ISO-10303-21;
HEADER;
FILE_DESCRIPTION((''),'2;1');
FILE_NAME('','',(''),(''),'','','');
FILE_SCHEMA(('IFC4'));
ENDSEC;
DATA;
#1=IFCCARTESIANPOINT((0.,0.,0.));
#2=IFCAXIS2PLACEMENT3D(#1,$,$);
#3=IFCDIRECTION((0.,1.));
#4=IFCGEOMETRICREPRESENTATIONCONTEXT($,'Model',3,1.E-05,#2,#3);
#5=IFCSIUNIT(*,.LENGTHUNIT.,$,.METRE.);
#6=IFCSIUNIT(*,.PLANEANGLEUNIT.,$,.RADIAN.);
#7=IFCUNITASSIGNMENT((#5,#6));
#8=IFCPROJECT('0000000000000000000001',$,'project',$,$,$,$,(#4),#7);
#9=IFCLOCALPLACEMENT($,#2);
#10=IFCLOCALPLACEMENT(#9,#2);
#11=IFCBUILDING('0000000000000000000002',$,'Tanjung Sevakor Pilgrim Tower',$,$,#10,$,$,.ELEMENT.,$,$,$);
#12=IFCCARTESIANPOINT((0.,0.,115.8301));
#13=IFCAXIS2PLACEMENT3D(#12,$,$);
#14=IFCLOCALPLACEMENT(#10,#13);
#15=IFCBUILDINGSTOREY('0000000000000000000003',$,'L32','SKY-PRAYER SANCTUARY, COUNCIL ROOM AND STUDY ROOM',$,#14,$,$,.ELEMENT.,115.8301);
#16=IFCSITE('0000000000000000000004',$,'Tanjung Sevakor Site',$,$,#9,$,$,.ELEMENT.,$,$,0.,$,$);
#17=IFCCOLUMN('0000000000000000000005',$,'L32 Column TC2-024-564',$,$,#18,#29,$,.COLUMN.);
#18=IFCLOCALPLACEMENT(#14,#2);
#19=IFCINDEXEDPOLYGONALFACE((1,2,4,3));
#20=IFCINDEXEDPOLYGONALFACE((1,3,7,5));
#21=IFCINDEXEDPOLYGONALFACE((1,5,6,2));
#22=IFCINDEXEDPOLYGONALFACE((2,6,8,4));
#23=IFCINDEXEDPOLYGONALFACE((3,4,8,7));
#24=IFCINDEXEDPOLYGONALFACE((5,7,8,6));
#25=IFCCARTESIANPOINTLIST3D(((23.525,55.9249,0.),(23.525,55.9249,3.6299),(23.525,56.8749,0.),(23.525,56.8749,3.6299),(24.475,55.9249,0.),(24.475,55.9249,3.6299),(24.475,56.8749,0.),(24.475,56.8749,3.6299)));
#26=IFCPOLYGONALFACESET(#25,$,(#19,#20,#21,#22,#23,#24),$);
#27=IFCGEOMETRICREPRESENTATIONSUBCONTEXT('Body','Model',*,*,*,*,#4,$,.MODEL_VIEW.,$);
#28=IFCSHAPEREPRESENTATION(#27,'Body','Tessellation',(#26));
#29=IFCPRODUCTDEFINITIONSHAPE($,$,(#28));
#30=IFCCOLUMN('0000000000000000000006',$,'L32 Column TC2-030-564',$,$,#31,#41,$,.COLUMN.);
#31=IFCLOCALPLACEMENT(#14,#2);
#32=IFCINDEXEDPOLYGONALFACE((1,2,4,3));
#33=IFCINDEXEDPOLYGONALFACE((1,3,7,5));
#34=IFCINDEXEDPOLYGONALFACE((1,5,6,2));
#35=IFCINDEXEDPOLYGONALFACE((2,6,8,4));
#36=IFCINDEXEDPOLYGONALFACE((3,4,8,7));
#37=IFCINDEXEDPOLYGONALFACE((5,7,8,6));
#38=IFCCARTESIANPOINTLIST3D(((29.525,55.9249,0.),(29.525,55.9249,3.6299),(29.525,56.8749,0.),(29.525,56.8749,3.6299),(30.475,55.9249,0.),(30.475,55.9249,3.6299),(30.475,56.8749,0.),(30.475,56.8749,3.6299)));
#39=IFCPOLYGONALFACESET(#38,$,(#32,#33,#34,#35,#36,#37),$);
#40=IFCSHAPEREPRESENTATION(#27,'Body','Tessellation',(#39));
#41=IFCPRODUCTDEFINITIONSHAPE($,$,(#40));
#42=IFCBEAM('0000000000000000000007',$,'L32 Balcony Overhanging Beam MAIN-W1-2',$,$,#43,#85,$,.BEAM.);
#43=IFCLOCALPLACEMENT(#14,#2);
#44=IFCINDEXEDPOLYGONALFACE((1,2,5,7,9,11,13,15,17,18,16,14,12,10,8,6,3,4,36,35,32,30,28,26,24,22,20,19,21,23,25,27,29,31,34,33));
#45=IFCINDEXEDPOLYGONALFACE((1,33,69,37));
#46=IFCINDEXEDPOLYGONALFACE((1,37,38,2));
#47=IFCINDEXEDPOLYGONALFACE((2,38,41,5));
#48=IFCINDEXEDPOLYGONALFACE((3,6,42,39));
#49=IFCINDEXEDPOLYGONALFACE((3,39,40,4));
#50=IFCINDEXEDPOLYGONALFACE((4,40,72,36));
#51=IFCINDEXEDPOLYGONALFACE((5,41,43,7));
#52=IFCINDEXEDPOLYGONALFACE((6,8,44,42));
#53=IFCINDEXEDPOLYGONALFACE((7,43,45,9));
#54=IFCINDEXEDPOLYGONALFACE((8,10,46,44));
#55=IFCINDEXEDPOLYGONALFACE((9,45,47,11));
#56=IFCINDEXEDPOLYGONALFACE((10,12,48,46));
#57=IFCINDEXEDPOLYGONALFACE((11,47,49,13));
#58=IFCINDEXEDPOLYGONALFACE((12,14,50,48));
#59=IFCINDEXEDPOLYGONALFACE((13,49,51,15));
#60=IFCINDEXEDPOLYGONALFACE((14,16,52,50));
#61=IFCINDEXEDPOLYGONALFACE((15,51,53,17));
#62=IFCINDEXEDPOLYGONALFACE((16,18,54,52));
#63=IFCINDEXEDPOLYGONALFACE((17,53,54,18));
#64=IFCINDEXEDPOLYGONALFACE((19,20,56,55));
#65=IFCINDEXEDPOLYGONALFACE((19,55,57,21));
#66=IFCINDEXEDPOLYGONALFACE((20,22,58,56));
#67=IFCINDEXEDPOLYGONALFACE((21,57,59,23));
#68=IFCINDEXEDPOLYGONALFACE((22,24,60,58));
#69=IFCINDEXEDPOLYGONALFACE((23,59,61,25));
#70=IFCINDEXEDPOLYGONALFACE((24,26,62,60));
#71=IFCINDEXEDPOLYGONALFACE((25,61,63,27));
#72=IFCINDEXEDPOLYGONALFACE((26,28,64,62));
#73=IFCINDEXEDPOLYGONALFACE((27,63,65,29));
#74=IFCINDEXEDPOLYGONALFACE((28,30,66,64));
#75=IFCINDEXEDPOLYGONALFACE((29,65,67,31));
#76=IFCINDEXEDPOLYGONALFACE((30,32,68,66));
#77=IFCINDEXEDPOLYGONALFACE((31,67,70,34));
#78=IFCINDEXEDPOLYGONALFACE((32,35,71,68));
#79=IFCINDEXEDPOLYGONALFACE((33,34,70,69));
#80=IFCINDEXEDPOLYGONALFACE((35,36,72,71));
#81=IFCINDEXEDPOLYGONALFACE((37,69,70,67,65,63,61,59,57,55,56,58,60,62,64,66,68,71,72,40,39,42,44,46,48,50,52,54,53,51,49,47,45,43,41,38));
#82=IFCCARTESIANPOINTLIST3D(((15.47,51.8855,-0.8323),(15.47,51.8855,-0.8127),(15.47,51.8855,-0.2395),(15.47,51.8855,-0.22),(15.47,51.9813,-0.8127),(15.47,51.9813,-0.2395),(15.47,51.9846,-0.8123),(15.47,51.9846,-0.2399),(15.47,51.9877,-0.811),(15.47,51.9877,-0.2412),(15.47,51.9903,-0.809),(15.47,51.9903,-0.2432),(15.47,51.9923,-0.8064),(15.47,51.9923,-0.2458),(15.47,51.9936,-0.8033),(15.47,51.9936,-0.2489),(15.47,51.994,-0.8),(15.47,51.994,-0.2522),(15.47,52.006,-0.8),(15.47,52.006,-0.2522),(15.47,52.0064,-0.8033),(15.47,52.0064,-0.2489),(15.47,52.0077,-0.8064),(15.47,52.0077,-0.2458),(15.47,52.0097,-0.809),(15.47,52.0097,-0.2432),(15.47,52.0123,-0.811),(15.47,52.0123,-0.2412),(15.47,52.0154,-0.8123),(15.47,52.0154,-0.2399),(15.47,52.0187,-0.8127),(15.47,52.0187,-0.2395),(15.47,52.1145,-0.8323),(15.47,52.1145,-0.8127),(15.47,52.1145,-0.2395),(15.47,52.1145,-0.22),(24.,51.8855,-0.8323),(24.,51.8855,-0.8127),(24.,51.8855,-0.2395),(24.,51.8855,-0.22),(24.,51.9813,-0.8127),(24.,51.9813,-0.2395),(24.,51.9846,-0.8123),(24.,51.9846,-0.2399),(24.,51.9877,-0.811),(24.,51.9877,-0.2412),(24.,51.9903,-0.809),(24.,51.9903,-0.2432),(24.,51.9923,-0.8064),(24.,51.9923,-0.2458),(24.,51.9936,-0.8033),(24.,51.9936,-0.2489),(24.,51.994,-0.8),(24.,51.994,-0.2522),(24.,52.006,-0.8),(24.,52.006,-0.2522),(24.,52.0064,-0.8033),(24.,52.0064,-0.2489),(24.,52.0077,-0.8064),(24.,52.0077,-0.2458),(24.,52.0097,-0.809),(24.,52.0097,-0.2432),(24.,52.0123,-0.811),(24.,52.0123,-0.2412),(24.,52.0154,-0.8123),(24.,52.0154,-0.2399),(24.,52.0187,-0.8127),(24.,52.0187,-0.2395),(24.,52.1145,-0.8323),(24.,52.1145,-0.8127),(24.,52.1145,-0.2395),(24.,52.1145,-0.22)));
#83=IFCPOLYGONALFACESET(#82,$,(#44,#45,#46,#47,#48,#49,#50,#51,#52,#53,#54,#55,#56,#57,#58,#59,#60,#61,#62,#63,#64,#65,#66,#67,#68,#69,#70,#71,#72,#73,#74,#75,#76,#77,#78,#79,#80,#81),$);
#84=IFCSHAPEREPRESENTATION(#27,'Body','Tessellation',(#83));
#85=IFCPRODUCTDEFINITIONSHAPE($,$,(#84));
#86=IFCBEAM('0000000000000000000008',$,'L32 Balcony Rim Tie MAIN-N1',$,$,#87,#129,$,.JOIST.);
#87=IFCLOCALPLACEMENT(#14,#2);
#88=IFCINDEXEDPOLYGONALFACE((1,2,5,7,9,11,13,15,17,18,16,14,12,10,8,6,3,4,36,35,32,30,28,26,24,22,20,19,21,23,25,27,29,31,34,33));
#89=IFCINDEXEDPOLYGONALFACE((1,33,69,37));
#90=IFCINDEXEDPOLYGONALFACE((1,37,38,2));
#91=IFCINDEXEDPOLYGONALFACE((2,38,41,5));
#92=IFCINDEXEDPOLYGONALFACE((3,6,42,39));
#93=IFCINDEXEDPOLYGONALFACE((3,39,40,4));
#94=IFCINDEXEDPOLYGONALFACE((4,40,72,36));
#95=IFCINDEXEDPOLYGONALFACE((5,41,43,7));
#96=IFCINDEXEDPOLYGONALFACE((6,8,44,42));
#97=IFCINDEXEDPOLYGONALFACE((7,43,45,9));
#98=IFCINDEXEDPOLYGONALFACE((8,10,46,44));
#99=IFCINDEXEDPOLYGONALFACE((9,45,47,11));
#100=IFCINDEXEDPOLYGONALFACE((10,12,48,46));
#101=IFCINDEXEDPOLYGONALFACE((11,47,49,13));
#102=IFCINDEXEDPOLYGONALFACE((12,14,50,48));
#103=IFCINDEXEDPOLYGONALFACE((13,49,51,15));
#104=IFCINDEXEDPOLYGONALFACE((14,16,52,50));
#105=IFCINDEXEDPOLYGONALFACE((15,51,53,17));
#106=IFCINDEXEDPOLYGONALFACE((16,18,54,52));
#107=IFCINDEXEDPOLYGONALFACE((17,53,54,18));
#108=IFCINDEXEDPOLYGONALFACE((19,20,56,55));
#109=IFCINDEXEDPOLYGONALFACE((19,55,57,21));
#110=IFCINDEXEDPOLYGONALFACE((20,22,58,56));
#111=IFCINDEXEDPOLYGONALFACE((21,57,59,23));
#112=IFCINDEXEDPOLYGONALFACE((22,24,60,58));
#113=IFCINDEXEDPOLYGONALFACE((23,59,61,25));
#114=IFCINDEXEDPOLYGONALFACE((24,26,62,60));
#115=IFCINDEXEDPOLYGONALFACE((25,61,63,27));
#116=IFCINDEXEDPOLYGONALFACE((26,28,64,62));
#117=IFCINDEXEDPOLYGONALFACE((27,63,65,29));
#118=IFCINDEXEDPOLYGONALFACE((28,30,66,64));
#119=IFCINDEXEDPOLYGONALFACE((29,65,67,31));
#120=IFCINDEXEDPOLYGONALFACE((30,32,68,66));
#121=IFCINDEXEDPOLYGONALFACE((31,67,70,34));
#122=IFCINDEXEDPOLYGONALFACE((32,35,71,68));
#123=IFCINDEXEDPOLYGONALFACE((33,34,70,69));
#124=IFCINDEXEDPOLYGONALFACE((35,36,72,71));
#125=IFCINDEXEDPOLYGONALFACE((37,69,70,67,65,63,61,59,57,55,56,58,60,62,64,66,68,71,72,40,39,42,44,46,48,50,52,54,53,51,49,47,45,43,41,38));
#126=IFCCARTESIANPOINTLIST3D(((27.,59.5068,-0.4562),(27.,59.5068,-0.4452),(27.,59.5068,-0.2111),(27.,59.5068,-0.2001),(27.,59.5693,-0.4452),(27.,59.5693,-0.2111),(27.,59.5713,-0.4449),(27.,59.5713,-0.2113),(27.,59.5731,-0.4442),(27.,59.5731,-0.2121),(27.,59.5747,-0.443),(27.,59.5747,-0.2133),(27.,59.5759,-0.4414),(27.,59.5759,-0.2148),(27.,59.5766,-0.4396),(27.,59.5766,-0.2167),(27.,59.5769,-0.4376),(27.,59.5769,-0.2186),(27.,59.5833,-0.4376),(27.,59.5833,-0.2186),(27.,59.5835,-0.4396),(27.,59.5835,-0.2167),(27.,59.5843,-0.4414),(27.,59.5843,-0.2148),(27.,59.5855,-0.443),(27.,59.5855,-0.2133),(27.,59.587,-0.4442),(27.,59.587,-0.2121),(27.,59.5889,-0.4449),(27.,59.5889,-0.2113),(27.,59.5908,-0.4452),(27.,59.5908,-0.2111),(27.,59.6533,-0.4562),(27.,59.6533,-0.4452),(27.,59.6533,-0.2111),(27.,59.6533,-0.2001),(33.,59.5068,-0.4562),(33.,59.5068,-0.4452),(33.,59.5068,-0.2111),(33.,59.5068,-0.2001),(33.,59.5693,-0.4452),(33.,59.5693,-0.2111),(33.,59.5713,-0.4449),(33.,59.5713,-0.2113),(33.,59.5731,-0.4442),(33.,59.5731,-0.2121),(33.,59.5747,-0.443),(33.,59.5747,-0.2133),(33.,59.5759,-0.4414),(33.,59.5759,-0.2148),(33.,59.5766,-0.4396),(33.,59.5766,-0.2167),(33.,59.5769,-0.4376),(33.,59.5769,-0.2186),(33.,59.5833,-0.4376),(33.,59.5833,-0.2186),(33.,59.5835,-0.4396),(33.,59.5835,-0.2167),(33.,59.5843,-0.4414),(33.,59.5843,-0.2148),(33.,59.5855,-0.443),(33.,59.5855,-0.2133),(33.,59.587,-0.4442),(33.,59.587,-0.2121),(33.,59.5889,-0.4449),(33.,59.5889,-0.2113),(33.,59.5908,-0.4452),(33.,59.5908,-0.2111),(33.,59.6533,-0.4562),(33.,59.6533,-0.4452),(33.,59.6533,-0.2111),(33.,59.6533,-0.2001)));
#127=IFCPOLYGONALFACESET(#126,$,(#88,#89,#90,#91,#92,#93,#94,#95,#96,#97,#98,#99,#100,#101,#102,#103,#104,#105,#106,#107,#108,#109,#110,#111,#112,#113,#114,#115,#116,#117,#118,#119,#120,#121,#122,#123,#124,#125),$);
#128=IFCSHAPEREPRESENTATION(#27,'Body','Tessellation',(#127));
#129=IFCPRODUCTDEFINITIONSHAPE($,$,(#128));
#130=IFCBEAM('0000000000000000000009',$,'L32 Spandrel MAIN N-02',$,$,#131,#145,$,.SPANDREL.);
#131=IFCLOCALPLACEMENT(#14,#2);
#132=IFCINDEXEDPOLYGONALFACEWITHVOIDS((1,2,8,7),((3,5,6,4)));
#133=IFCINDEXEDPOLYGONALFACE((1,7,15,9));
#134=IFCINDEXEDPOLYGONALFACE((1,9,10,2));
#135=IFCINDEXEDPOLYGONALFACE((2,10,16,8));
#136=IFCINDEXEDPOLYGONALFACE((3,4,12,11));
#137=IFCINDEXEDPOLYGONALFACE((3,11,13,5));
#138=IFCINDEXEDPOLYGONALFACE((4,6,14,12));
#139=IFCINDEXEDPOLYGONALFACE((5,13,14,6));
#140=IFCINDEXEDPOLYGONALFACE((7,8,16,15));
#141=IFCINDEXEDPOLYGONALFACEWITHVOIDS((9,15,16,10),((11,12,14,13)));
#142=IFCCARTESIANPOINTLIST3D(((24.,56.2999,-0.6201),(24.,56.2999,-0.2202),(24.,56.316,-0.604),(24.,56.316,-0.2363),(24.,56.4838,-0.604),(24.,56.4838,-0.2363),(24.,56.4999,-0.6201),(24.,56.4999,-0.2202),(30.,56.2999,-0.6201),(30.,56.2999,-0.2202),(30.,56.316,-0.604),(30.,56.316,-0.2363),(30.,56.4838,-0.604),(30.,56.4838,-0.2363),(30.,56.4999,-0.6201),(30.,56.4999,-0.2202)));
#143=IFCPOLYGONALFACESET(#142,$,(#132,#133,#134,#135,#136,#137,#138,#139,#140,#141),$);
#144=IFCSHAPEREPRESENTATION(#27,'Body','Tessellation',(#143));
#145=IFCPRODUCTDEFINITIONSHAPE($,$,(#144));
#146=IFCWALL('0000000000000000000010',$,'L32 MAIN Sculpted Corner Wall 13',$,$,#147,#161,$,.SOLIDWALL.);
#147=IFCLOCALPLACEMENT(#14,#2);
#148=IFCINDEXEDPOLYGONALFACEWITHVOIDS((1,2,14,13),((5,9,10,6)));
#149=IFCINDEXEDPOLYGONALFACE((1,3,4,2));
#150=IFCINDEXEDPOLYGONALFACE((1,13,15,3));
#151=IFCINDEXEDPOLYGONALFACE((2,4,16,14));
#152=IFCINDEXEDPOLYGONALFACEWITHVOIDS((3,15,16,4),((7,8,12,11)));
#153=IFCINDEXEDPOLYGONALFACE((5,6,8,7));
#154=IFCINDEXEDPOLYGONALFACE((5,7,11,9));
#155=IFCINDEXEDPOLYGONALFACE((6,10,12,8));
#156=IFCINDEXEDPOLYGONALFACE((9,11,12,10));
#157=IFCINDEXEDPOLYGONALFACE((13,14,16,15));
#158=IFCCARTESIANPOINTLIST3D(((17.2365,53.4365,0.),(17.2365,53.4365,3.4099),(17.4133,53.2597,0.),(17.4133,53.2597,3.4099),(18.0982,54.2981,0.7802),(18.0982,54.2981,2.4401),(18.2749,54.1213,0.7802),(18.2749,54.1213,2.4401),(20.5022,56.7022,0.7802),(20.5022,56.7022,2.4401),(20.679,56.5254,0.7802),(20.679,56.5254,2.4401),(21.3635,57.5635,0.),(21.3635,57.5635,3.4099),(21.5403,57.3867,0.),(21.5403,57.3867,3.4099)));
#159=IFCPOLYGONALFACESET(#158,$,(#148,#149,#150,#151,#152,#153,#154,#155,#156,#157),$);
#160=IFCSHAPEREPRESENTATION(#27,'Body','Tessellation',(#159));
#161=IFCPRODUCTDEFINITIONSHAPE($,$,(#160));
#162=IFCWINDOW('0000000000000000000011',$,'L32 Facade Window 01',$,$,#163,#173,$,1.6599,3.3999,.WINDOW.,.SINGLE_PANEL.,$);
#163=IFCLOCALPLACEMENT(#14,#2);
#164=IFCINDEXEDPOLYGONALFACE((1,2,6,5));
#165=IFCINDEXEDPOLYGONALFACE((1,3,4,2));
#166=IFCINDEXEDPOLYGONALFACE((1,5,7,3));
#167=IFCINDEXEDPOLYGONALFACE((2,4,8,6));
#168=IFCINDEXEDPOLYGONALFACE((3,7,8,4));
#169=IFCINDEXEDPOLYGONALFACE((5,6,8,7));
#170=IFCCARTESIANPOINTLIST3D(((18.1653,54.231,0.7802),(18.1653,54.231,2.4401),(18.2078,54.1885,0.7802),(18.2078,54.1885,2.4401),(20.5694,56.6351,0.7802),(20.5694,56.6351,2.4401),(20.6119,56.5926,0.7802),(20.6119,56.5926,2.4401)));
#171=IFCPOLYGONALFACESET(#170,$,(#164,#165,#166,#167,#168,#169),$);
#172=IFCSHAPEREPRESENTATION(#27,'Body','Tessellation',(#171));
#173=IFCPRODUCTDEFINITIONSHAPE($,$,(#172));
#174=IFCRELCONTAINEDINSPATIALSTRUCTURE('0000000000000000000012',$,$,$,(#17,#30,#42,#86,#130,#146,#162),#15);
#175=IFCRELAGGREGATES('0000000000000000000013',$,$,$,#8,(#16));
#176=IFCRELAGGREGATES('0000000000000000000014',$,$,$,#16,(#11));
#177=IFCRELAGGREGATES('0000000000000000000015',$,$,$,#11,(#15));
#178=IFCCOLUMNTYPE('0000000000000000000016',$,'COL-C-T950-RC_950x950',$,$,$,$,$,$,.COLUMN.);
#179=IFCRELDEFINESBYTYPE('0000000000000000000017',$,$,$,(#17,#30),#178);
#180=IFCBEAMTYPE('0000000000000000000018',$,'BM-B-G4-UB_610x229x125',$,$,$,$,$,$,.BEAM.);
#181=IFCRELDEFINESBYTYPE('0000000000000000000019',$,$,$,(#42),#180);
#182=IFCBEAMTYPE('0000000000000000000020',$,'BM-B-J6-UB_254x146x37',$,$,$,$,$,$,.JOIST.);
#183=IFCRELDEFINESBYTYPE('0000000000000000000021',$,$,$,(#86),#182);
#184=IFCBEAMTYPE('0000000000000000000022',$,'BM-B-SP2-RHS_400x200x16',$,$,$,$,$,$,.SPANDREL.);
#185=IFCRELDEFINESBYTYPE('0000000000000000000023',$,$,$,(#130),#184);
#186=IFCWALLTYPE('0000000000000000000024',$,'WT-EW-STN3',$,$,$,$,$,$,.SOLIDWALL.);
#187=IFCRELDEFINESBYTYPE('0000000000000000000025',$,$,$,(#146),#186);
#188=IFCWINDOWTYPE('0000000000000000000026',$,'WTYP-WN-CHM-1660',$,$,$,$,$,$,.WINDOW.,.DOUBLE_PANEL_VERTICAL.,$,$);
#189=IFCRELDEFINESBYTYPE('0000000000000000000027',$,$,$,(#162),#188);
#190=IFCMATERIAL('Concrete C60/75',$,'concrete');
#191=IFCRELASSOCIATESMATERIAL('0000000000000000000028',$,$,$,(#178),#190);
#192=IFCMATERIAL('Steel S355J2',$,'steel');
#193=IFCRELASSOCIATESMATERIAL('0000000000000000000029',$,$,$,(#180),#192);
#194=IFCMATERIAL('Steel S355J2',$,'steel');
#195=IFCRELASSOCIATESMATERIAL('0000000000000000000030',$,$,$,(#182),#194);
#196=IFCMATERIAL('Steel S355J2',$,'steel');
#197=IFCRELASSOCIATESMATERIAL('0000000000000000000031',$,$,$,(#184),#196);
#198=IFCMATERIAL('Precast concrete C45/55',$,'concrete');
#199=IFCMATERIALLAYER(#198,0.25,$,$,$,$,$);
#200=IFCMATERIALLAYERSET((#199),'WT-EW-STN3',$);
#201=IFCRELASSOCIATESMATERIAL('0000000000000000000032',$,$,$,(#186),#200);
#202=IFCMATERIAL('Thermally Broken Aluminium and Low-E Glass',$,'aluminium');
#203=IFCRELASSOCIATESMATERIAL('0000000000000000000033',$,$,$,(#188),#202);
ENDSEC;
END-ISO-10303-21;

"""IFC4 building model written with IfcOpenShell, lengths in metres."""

from ifc_helpers import new_model, si_unit, direction, frame, frame_2d, origin, origin_2d, place, context, subcontext, project, spatial, rectangle, hollow_rectangle, i_section, extrude, material, layer, layer_set, material_profile, profile_set, type_object, element, fill, save


model = new_model("IFC4")

# Units and contexts
model_context = context("Model", 3, precision=1e-05, world=origin(), true_north=direction((0.0, 1.0)))
body_context = subcontext(model_context, "Body", "Model", "MODEL_VIEW")
ifc_project = project(units=[si_unit("LENGTHUNIT", "METRE"), si_unit("PLANEANGLEUNIT", "RADIAN")], contexts=[model_context])

# Site, building, storey
site_placement = place(None, origin())
site = spatial("IfcSite", under=ifc_project, at=site_placement, Name="Tanjung Sevakor Site", CompositionType="ELEMENT", RefElevation=0.0)
building_placement = place(site_placement, origin())
building = spatial("IfcBuilding", under=site, at=building_placement, Name="Tanjung Sevakor Pilgrim Tower", CompositionType="ELEMENT")
storey_placement = place(building_placement, frame((0.0, 0.0, 115.8301)))
storey = spatial("IfcBuildingStorey", under=building, at=storey_placement, Name="L32", Description="SKY-PRAYER SANCTUARY, COUNCIL ROOM AND STUDY ROOM", CompositionType="ELEMENT", Elevation=115.8301)

# Columns
ifc_material_1 = material(Name="Concrete C60/75", Category="concrete")
ifc_material_profile_1 = material_profile(ifc_material_1, rectangle(XDim=0.95, YDim=0.95, at=origin_2d()))
ifc_profile_set_1 = profile_set([ifc_material_profile_1], Name="Concrete C60/75")
column_type = type_object("IfcColumnType", Name="COL-C-T950-RC_950x950", PredefinedType="COLUMN", material=ifc_profile_set_1)
for number, where, z_axis, x_axis, name in (
    (1, (24.0, 56.3999, 0.0), (0.0, 0.0, 1.0), (1.0, 0.0, 0.0), "L32 Column TC2-024-564"),
    (2, (30.0, 56.3999, 0.0), (0.0, 0.0, 1.0), (1.0, 0.0, 0.0), "L32 Column TC2-030-564"),
):
    element("IfcColumn", number, at=place(storey_placement, frame(where, z_axis=z_axis, x_axis=x_axis)), inside=storey, type_object=column_type, Name=name, PredefinedType="COLUMN", context=body_context, shape_type="SweptSolid", body=[
        extrude(rectangle(XDim=0.95, YDim=0.95, at=origin_2d()), origin(), (0.0, 0.0, 1.0), 3.6299),
    ])

# Beams
ifc_material_2 = material(Name="Steel S355J2", Category="steel")
ifc_material_profile_2 = material_profile(ifc_material_2, i_section(OverallWidth=0.229, OverallDepth=0.6123, WebThickness=0.012, FlangeThickness=0.0195, FilletRadius=0.0127, at=origin_2d()))
ifc_profile_set_2 = profile_set([ifc_material_profile_2], Name="Steel S355J2")
beam_type_1 = type_object("IfcBeamType", Name="BM-B-G4-UB_610x229x125", PredefinedType="BEAM", material=ifc_profile_set_2)
beam_1_placement = place(storey_placement, frame((24.0, 52.0, -0.5261), z_axis=(-1.0, 0.0, 0.0), x_axis=(0.0, -1.0, 0.0)))
element("IfcBeam", 3, at=beam_1_placement, inside=storey, type_object=beam_type_1, Name="L32 Balcony Overhanging Beam MAIN-W1-2", PredefinedType="BEAM", context=body_context, shape_type="SweptSolid", body=[
    extrude(i_section(OverallWidth=0.229, OverallDepth=0.6123, WebThickness=0.012, FlangeThickness=0.0195, FilletRadius=0.0127, at=origin_2d()), origin(), (0.0, 0.0, 1.0), 8.53),
])
ifc_material_3 = material(Name="Steel S355J2", Category="steel")
ifc_material_profile_3 = material_profile(ifc_material_3, i_section(OverallWidth=0.1465, OverallDepth=0.2561, WebThickness=0.0063, FlangeThickness=0.011, FilletRadius=0.0076, at=origin_2d()))
ifc_profile_set_3 = profile_set([ifc_material_profile_3], Name="Steel S355J2")
beam_type_2 = type_object("IfcBeamType", Name="BM-B-J6-UB_254x146x37", PredefinedType="JOIST", material=ifc_profile_set_3)
beam_2_placement = place(storey_placement, frame((27.0, 59.5801, -0.3281), z_axis=(1.0, 0.0, 0.0), x_axis=(0.0, 1.0, 0.0)))
element("IfcBeam", 4, at=beam_2_placement, inside=storey, type_object=beam_type_2, Name="L32 Balcony Rim Tie MAIN-N1", PredefinedType="JOIST", context=body_context, shape_type="SweptSolid", body=[
    extrude(i_section(OverallWidth=0.1465, OverallDepth=0.2561, WebThickness=0.0063, FlangeThickness=0.011, FilletRadius=0.0076, at=origin_2d()), origin(), (0.0, 0.0, 1.0), 6.0),
])
ifc_material_4 = material(Name="Steel S355J2", Category="steel")
ifc_material_profile_4 = material_profile(ifc_material_4, hollow_rectangle(XDim=0.2, YDim=0.3999, WallThickness=0.0161, at=origin_2d()))
ifc_profile_set_4 = profile_set([ifc_material_profile_4], Name="Steel S355J2")
beam_type_3 = type_object("IfcBeamType", Name="BM-B-SP2-RHS_400x200x16", PredefinedType="SPANDREL", material=ifc_profile_set_4)
beam_3_placement = place(storey_placement, frame((24.0, 56.3999, -0.4202), z_axis=(1.0, 0.0, 0.0), x_axis=(0.0, 1.0, 0.0)))
element("IfcBeam", 5, at=beam_3_placement, inside=storey, type_object=beam_type_3, Name="L32 Spandrel MAIN N-02", PredefinedType="SPANDREL", context=body_context, shape_type="SweptSolid", body=[
    extrude(hollow_rectangle(XDim=0.2, YDim=0.3999, WallThickness=0.0161, at=origin_2d()), origin(), (0.0, 0.0, 1.0), 6.0),
])

# Wall, opening, window
ifc_material_5 = material(Name="Precast concrete C45/55", Category="concrete")
ifc_layer_1 = layer(ifc_material_5, 0.25)
ifc_layer_set_1 = layer_set([ifc_layer_1], Name="WT-EW-STN3")
wall_type_1 = type_object("IfcWallType", Name="WT-EW-STN3", PredefinedType="SOLIDWALL", material=ifc_layer_set_1)
wall_1_placement = place(storey_placement, frame((21.4519, 57.4751, 0.0), z_axis=(0.0, 0.0, 1.0), x_axis=(-0.707107, -0.707107, 0.0)))
wall_1 = element("IfcWall", 6, at=wall_1_placement, inside=storey, type_object=wall_type_1, Name="L32 MAIN Sculpted Corner Wall 13", PredefinedType="SOLIDWALL", context=body_context, shape_type="SweptSolid", body=[
    extrude(rectangle(XDim=5.8364, YDim=0.25, at=frame_2d((2.9182, 0.0))), origin(), (0.0, 0.0, 1.0), 3.4099),
])
opening_1_placement = place(wall_1_placement, frame((1.218, 0.0, 0.78)))
opening_1 = element("IfcOpeningElement", 7, at=opening_1_placement, cuts=wall_1, PredefinedType="OPENING", context=body_context, shape_type="SweptSolid", body=[
    extrude(rectangle(XDim=3.3999, YDim=1.6599, at=frame_2d((1.7, 0.8301))), frame((0.0, 0.135, 0.0), z_axis=(0.0, -1.0, 0.0), x_axis=(1.0, 0.0, 0.0)), (0.0, 0.0, 1.0), 0.27),
])
ifc_material_6 = material(Name="Thermally Broken Aluminium and Low-E Glass", Category="aluminium")
window_type_1 = type_object("IfcWindowType", Name="WTYP-WN-CHM-1660", PartitioningType="DOUBLE_PANEL_VERTICAL", PredefinedType="WINDOW", material=ifc_material_6)
window_1_placement = place(opening_1_placement, origin())
window_1 = element("IfcWindow", 8, at=window_1_placement, inside=storey, type_object=window_type_1, Name="L32 Facade Window 01", OverallHeight=1.6599, OverallWidth=3.3999, PartitioningType="SINGLE_PANEL", PredefinedType="WINDOW", context=body_context, shape_type="SweptSolid", body=[
    extrude(rectangle(XDim=3.3999, YDim=1.6599, at=frame_2d((1.7, 0.8301))), frame((0.0, 0.03, 0.0), z_axis=(0.0, -1.0, 0.0), x_axis=(1.0, 0.0, 0.0)), (0.0, 0.0, 1.0), 0.0601),
])
fill(opening_1, window_1)

save(model, "model.ifc")
